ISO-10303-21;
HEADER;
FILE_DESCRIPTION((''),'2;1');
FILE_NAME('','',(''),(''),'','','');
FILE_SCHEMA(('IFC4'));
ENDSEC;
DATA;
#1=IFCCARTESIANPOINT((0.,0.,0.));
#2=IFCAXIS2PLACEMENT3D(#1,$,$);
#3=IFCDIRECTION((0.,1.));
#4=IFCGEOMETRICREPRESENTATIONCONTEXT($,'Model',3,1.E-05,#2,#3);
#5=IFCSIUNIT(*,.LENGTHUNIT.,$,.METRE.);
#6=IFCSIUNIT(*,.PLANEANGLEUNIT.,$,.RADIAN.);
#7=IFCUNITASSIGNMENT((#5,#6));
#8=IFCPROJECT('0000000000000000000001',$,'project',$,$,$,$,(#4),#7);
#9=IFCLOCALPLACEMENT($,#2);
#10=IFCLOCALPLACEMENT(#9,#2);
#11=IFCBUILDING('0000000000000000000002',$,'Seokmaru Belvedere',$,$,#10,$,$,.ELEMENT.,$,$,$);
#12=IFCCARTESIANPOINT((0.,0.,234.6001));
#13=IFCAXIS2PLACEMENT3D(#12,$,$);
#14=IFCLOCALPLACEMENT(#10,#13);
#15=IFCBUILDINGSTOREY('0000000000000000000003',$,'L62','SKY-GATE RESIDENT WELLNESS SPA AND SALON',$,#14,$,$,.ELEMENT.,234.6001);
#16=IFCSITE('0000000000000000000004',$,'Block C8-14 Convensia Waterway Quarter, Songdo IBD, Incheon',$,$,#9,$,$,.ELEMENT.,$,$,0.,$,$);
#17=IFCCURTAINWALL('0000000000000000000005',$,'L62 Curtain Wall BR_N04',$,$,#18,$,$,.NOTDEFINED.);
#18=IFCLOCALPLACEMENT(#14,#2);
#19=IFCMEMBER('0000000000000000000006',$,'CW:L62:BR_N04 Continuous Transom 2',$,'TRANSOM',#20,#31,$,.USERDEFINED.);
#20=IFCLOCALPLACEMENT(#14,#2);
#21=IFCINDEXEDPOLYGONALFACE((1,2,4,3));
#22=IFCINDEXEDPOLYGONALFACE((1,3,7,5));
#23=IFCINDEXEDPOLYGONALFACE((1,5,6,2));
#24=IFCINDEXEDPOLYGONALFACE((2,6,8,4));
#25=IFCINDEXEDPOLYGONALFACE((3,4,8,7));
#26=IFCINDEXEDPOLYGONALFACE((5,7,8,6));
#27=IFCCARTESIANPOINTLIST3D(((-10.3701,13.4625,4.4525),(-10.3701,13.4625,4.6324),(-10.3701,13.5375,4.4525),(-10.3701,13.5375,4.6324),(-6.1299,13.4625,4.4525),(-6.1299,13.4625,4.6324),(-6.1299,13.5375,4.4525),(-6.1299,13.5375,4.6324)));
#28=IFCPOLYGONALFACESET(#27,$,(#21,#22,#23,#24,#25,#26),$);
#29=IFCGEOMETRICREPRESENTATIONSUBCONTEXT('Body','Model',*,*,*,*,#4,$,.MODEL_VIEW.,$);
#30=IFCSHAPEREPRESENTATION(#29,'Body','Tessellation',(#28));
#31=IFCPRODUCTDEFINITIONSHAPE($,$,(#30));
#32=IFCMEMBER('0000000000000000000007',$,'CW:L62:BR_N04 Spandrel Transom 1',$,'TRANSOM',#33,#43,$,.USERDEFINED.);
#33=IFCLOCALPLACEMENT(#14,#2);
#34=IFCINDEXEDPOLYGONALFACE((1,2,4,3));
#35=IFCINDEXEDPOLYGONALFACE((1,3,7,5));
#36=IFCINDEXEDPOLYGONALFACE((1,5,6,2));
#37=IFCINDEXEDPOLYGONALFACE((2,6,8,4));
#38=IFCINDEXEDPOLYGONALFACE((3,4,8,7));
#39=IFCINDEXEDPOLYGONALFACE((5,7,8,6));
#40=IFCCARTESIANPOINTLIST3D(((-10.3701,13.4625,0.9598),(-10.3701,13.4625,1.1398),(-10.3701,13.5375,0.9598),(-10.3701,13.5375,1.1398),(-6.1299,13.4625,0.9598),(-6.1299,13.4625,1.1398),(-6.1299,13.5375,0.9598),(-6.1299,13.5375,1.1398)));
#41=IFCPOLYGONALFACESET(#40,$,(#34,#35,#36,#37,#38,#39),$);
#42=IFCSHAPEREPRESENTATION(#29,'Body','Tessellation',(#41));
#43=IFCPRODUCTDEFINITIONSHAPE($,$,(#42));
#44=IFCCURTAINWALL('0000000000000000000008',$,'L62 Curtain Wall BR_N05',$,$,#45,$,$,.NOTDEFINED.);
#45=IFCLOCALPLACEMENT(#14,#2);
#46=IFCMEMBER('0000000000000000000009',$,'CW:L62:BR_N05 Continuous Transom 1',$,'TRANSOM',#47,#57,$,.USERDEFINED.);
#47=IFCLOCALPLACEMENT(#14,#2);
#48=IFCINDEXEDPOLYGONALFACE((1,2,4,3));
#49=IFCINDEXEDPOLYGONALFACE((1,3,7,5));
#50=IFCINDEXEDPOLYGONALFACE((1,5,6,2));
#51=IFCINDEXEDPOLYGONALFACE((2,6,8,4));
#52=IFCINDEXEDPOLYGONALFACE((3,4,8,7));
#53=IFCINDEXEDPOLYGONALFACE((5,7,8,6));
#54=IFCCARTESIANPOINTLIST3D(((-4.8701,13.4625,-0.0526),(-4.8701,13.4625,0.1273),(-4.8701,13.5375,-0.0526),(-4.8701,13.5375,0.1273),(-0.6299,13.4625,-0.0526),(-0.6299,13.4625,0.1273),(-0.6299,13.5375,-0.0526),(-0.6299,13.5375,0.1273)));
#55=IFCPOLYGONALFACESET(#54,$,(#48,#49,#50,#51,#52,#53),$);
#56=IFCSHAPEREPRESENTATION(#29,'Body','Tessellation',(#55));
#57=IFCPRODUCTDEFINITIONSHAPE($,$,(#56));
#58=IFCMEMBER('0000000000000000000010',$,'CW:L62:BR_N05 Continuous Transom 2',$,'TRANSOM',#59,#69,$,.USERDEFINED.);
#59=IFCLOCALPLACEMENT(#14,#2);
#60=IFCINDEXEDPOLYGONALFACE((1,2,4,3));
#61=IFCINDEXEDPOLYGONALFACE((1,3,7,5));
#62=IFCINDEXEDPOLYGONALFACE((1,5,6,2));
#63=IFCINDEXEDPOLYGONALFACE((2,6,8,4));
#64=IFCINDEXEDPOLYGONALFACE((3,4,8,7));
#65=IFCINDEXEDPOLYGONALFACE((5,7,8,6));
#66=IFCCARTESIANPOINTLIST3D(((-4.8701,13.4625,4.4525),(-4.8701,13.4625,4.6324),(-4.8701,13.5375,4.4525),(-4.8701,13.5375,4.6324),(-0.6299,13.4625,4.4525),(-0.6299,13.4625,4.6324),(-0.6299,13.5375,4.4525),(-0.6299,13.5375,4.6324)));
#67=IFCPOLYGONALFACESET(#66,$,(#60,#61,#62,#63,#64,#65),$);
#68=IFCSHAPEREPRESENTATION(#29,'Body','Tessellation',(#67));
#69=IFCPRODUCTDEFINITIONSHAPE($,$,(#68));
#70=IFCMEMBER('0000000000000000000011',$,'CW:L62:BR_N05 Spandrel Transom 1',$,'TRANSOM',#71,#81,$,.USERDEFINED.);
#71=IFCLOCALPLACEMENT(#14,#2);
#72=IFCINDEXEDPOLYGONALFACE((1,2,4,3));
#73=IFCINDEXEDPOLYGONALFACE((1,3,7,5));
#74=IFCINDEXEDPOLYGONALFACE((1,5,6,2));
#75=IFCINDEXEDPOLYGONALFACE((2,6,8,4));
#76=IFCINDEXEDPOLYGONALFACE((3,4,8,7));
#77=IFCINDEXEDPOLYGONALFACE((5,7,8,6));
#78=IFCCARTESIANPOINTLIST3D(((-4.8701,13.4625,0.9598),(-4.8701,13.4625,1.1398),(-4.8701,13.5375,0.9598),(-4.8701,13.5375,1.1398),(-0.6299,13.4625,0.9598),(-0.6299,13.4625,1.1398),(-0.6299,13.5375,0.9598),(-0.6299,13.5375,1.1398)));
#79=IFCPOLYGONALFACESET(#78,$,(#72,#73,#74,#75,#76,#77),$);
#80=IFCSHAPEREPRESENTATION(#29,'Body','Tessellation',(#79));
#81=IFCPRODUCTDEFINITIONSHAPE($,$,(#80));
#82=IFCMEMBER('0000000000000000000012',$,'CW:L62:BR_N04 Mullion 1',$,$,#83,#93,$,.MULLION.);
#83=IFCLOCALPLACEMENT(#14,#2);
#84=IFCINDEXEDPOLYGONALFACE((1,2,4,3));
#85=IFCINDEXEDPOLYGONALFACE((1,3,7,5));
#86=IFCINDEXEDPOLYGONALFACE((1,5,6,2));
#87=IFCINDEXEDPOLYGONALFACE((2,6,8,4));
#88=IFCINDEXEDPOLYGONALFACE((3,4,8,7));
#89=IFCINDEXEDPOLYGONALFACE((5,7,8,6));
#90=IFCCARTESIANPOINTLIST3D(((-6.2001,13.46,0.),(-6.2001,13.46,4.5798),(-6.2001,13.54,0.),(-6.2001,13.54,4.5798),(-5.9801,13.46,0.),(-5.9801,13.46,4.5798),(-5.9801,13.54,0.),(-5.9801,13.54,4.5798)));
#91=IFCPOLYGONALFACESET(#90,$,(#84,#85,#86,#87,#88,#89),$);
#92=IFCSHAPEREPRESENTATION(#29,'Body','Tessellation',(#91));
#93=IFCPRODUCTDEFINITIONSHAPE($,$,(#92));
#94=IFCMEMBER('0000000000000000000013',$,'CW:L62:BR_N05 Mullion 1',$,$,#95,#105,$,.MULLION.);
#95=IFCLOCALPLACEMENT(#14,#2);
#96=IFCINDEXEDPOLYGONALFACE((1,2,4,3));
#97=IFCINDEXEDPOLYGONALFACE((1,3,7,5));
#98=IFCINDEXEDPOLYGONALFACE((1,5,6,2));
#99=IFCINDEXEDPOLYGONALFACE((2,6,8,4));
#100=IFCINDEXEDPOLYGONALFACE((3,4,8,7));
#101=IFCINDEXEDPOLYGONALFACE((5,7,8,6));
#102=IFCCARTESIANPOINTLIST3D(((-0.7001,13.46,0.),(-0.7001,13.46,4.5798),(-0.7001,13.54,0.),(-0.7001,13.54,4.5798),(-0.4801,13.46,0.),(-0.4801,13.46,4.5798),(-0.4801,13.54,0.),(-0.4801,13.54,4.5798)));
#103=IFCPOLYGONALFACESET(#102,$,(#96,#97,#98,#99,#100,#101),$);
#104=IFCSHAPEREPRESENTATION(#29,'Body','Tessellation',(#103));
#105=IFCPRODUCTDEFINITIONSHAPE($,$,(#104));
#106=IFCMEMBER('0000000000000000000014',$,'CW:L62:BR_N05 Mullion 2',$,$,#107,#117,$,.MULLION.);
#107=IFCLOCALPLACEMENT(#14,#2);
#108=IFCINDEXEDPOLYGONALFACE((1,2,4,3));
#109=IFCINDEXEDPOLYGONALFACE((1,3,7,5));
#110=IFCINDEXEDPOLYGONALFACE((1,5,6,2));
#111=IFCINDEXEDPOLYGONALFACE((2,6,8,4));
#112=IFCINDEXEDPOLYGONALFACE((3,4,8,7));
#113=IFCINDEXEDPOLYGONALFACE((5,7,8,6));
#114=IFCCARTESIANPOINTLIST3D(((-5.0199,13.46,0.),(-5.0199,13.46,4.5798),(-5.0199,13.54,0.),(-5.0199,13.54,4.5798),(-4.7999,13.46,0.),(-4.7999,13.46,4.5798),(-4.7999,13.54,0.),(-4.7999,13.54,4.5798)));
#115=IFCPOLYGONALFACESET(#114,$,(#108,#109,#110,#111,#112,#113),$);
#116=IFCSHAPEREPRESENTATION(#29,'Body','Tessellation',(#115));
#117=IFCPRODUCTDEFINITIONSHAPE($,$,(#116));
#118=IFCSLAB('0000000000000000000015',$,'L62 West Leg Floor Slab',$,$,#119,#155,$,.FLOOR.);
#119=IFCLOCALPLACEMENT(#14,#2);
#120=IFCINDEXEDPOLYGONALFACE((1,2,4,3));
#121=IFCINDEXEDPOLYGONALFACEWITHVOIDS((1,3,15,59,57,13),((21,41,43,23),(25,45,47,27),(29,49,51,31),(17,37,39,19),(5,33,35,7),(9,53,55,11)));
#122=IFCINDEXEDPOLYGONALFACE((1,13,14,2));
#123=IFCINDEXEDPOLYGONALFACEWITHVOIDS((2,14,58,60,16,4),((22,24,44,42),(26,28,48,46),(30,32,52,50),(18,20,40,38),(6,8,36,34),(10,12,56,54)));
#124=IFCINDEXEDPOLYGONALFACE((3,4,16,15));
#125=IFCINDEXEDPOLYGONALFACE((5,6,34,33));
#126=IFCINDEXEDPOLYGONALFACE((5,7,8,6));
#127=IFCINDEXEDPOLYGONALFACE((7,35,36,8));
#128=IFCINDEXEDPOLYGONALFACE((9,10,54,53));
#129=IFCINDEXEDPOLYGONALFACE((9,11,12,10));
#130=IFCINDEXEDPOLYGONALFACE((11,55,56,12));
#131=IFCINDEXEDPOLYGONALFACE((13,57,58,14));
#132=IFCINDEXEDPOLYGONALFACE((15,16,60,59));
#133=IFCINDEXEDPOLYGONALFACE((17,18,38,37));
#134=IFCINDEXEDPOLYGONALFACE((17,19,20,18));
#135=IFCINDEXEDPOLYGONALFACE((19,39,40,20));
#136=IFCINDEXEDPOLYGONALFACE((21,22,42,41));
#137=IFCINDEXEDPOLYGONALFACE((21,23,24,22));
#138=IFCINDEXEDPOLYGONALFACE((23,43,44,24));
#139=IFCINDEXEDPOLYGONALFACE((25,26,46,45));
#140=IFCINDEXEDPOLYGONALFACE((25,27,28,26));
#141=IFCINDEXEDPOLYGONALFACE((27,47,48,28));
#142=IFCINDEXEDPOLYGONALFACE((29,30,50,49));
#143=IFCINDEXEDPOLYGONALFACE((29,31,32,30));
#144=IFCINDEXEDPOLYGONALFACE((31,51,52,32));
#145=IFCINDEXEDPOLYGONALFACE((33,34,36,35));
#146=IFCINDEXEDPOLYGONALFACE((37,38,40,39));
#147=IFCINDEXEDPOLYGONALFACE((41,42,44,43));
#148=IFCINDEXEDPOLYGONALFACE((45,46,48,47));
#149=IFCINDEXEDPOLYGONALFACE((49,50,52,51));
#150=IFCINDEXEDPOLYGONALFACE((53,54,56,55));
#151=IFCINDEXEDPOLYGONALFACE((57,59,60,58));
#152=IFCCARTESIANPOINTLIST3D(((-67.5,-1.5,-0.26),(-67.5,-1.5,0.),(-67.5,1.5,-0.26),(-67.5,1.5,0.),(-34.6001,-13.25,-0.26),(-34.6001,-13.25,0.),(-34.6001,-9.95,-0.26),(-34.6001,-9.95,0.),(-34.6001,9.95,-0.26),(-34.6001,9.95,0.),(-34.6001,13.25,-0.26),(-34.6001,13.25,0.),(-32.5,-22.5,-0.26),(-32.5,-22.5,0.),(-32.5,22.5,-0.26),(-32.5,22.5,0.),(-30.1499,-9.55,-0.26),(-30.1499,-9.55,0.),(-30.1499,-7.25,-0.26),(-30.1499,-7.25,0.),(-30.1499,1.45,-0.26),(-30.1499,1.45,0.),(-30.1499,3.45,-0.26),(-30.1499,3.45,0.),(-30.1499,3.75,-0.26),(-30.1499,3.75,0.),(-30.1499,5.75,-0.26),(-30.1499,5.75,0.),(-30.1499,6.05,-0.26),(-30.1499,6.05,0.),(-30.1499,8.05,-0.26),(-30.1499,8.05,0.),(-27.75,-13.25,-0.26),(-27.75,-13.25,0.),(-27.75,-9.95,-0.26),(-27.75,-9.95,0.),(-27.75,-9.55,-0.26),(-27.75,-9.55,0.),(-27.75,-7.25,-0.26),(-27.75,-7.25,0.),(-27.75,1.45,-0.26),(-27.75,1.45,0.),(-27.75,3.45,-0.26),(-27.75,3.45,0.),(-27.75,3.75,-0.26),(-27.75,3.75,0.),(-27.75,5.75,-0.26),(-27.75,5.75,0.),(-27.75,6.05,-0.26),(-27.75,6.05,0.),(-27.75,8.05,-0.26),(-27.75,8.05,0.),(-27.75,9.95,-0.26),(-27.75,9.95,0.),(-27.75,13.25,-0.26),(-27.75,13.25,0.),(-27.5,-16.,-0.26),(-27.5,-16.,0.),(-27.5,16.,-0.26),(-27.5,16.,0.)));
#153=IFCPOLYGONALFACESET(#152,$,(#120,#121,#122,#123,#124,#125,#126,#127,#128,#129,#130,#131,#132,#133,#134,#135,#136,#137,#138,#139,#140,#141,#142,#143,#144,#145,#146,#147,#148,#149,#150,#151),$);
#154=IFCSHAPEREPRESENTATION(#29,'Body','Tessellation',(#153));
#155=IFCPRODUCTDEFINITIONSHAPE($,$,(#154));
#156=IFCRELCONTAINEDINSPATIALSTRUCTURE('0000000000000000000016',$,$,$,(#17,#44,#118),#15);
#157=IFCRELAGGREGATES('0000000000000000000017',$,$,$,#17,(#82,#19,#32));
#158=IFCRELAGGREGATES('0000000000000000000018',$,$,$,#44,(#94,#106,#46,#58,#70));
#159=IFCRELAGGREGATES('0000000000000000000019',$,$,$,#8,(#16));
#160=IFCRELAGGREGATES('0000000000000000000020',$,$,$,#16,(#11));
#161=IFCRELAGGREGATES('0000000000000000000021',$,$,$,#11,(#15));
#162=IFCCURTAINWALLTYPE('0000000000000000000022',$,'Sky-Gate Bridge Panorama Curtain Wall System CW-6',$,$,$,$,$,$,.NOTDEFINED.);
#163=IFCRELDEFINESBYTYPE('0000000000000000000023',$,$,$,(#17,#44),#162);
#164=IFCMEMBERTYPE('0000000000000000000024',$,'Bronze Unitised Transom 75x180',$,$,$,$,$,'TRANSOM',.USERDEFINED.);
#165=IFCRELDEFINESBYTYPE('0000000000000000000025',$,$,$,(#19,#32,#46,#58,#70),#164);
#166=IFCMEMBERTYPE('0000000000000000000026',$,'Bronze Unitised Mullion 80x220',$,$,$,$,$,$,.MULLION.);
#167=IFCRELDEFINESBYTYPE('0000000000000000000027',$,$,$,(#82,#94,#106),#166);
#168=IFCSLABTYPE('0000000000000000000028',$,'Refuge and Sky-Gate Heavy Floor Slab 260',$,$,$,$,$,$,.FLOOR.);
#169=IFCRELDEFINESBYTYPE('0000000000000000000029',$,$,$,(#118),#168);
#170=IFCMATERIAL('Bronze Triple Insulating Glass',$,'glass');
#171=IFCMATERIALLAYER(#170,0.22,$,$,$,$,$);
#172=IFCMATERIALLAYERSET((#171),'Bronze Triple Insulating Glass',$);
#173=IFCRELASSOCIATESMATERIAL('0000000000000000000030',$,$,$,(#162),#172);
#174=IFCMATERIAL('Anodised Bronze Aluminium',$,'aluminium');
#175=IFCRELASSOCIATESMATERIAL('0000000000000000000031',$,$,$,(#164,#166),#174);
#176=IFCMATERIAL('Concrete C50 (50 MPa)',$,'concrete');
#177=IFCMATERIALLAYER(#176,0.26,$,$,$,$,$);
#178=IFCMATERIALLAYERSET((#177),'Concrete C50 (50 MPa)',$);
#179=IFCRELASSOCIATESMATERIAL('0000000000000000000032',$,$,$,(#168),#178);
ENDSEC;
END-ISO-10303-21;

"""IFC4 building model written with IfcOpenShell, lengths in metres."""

from ifc_helpers import new_model, si_unit, direction, frame, origin, origin_2d, place, context, subcontext, project, spatial, polyline, rectangle, outline, extrude, source, transform, mapped, material, layer, layer_set, material_profile, profile_set, type_object, type_shapes, element, aggregate, save


model = new_model("IFC4")

# Units and contexts
model_context = context("Model", 3, precision=1e-05, world=origin(), true_north=direction((0.0, 1.0)))
body_context = subcontext(model_context, "Body", "Model", "MODEL_VIEW")
ifc_project = project(units=[si_unit("LENGTHUNIT", "METRE"), si_unit("PLANEANGLEUNIT", "RADIAN")], contexts=[model_context])

# Site, building, storey
site_placement = place(None, origin())
site = spatial("IfcSite", under=ifc_project, at=site_placement, Name="Block C8-14 Convensia Waterway Quarter, Songdo IBD, Incheon", CompositionType="ELEMENT", RefElevation=0.0)
building_placement = place(site_placement, origin())
building = spatial("IfcBuilding", under=site, at=building_placement, Name="Seokmaru Belvedere", CompositionType="ELEMENT")
storey_placement = place(building_placement, frame((0.0, 0.0, 234.6001)))
storey = spatial("IfcBuildingStorey", under=building, at=storey_placement, Name="L62", Description="SKY-GATE RESIDENT WELLNESS SPA AND SALON", CompositionType="ELEMENT", Elevation=234.6001)

# Curtain walls, members
ifc_material_1 = material(Name="Bronze Triple Insulating Glass", Category="glass")
ifc_layer_1 = layer(ifc_material_1, 0.22)
ifc_layer_set_1 = layer_set([ifc_layer_1], Name="Bronze Triple Insulating Glass")
curtain_wall_type = type_object("IfcCurtainWallType", Name="Sky-Gate Bridge Panorama Curtain Wall System CW-6", PredefinedType="NOTDEFINED", material=ifc_layer_set_1)
curtain_wall_1_placement = place(storey_placement, origin())
curtain_wall_1 = element("IfcCurtainWall", 1, at=curtain_wall_1_placement, inside=storey, type_object=curtain_wall_type, Name="L62 Curtain Wall BR_N04", PredefinedType="NOTDEFINED")
ifc_material_2 = material(Name="Anodised Bronze Aluminium", Category="aluminium")
ifc_material_profile_1 = material_profile(ifc_material_2, rectangle(XDim=0.075, YDim=0.1799, at=origin_2d()), Name="CW-T-75x180")
ifc_profile_set_1 = profile_set([ifc_material_profile_1], Name="Anodised Bronze Aluminium")
member_type_1 = type_object("IfcMemberType", Name="Bronze Unitised Transom 75x180", ElementType="TRANSOM", PredefinedType="USERDEFINED", material=ifc_profile_set_1)
shared_shape_1 = source(origin(), body_context, "Body", "SweptSolid", [
    extrude(rectangle(XDim=0.075, YDim=0.1799, at=origin_2d()), origin(), (0.0, 0.0, 1.0), 4.2402),
])
type_shapes(member_type_1, [shared_shape_1])
member_1_placement = place(storey_placement, frame((-6.1299, 13.5, 4.5425), z_axis=(-1.0, 0.0, 0.0), x_axis=(0.0, -1.0, 0.0)))
member_1 = element("IfcMember", 2, at=member_1_placement, type_object=member_type_1, Name="CW:L62:BR_N04 Continuous Transom 2", ObjectType="TRANSOM", PredefinedType="USERDEFINED", context=body_context, shape_type="MappedRepresentation", body=[
    mapped(shared_shape_1, transform((0.0, 0.0, 0.0), scale=1.0)),
])
member_2_placement = place(storey_placement, frame((-6.1299, 13.5, 1.0498), z_axis=(-1.0, 0.0, 0.0), x_axis=(0.0, -1.0, 0.0)))
member_2 = element("IfcMember", 3, at=member_2_placement, type_object=member_type_1, Name="CW:L62:BR_N04 Spandrel Transom 1", ObjectType="TRANSOM", PredefinedType="USERDEFINED", context=body_context, shape_type="MappedRepresentation", body=[
    mapped(shared_shape_1, transform((0.0, 0.0, 0.0), scale=1.0)),
])
curtain_wall_2_placement = place(storey_placement, origin())
curtain_wall_2 = element("IfcCurtainWall", 4, at=curtain_wall_2_placement, inside=storey, type_object=curtain_wall_type, Name="L62 Curtain Wall BR_N05", PredefinedType="NOTDEFINED")
member_3_placement = place(storey_placement, frame((-0.6299, 13.5, 0.0374), z_axis=(-1.0, 0.0, 0.0), x_axis=(0.0, -1.0, 0.0)))
member_3 = element("IfcMember", 5, at=member_3_placement, type_object=member_type_1, Name="CW:L62:BR_N05 Continuous Transom 1", ObjectType="TRANSOM", PredefinedType="USERDEFINED", context=body_context, shape_type="MappedRepresentation", body=[
    mapped(shared_shape_1, transform((0.0, 0.0, 0.0), scale=1.0)),
])
member_4_placement = place(storey_placement, frame((-0.6299, 13.5, 4.5425), z_axis=(-1.0, 0.0, 0.0), x_axis=(0.0, -1.0, 0.0)))
member_4 = element("IfcMember", 6, at=member_4_placement, type_object=member_type_1, Name="CW:L62:BR_N05 Continuous Transom 2", ObjectType="TRANSOM", PredefinedType="USERDEFINED", context=body_context, shape_type="MappedRepresentation", body=[
    mapped(shared_shape_1, transform((0.0, 0.0, 0.0), scale=1.0)),
])
member_5_placement = place(storey_placement, frame((-0.6299, 13.5, 1.0498), z_axis=(-1.0, 0.0, 0.0), x_axis=(0.0, -1.0, 0.0)))
member_5 = element("IfcMember", 7, at=member_5_placement, type_object=member_type_1, Name="CW:L62:BR_N05 Spandrel Transom 1", ObjectType="TRANSOM", PredefinedType="USERDEFINED", context=body_context, shape_type="MappedRepresentation", body=[
    mapped(shared_shape_1, transform((0.0, 0.0, 0.0), scale=1.0)),
])

# Members
ifc_material_profile_2 = material_profile(ifc_material_2, rectangle(XDim=0.0801, YDim=0.22, at=origin_2d()), Name="CW-M-80x220")
ifc_profile_set_2 = profile_set([ifc_material_profile_2], Name="Anodised Bronze Aluminium")
member_type_2 = type_object("IfcMemberType", Name="Bronze Unitised Mullion 80x220", PredefinedType="MULLION", material=ifc_profile_set_2)
shared_shape_2 = source(origin(), body_context, "Body", "SweptSolid", [
    extrude(rectangle(XDim=0.0801, YDim=0.22, at=origin_2d()), origin(), (0.0, 0.0, 1.0), 4.5798),
])
type_shapes(member_type_2, [shared_shape_2])
member_6_placement = place(storey_placement, frame((-6.0901, 13.5, 0.0), z_axis=(0.0, 0.0, 1.0), x_axis=(0.0, -1.0, 0.0)))
member_6 = element("IfcMember", 8, at=member_6_placement, type_object=member_type_2, Name="CW:L62:BR_N04 Mullion 1", PredefinedType="MULLION", context=body_context, shape_type="MappedRepresentation", body=[
    mapped(shared_shape_2, transform((0.0, 0.0, 0.0), scale=1.0)),
])
member_7_placement = place(storey_placement, frame((-0.5901, 13.5, 0.0), z_axis=(0.0, 0.0, 1.0), x_axis=(0.0, -1.0, 0.0)))
member_7 = element("IfcMember", 9, at=member_7_placement, type_object=member_type_2, Name="CW:L62:BR_N05 Mullion 1", PredefinedType="MULLION", context=body_context, shape_type="MappedRepresentation", body=[
    mapped(shared_shape_2, transform((0.0, 0.0, 0.0), scale=1.0)),
])
member_8_placement = place(storey_placement, frame((-4.9099, 13.5, 0.0), z_axis=(0.0, 0.0, 1.0), x_axis=(0.0, -1.0, 0.0)))
member_8 = element("IfcMember", 10, at=member_8_placement, type_object=member_type_2, Name="CW:L62:BR_N05 Mullion 2", PredefinedType="MULLION", context=body_context, shape_type="MappedRepresentation", body=[
    mapped(shared_shape_2, transform((0.0, 0.0, 0.0), scale=1.0)),
])

# Slab
ifc_material_3 = material(Name="Concrete C50 (50 MPa)", Category="concrete")
ifc_layer_2 = layer(ifc_material_3, 0.26)
ifc_layer_set_2 = layer_set([ifc_layer_2], Name="Concrete C50 (50 MPa)")
slab_type = type_object("IfcSlabType", Name="Refuge and Sky-Gate Heavy Floor Slab 260", PredefinedType="FLOOR", material=ifc_layer_set_2)
slab_1_placement = place(storey_placement, frame((0.0, 0.0, -0.26)))
element("IfcSlab", 11, at=slab_1_placement, inside=storey, type_object=slab_type, Name="L62 West Leg Floor Slab", PredefinedType="FLOOR", context=body_context, shape_type="SweptSolid", body=[
    extrude(outline(polyline([(-27.5, -16.0), (-27.5, 16.0), (-32.5, 22.5), (-67.5, 1.5), (-67.5, -1.5), (-32.5, -22.5), (-27.5, -16.0)]), holes=[polyline([(-34.6001, -13.25), (-27.75, -13.25), (-27.75, -9.95), (-34.6001, -9.95), (-34.6001, -13.25)]), polyline([(-34.6001, 9.95), (-27.75, 9.95), (-27.75, 13.25), (-34.6001, 13.25), (-34.6001, 9.95)]), polyline([(-30.1499, -9.55), (-27.75, -9.55), (-27.75, -7.25), (-30.1499, -7.25), (-30.1499, -9.55)]), polyline([(-30.1499, 1.45), (-27.75, 1.45), (-27.75, 3.45), (-30.1499, 3.45), (-30.1499, 1.45)]), polyline([(-30.1499, 3.75), (-27.75, 3.75), (-27.75, 5.75), (-30.1499, 5.75), (-30.1499, 3.75)]), polyline([(-30.1499, 6.05), (-27.75, 6.05), (-27.75, 8.05), (-30.1499, 8.05), (-30.1499, 6.05)])]), origin(), (0.0, 0.0, 1.0), 0.26),
])

aggregate(curtain_wall_1, [member_6, member_1, member_2])
aggregate(curtain_wall_2, [member_7, member_8, member_3, member_4, member_5])

save(model, "model.ifc")
